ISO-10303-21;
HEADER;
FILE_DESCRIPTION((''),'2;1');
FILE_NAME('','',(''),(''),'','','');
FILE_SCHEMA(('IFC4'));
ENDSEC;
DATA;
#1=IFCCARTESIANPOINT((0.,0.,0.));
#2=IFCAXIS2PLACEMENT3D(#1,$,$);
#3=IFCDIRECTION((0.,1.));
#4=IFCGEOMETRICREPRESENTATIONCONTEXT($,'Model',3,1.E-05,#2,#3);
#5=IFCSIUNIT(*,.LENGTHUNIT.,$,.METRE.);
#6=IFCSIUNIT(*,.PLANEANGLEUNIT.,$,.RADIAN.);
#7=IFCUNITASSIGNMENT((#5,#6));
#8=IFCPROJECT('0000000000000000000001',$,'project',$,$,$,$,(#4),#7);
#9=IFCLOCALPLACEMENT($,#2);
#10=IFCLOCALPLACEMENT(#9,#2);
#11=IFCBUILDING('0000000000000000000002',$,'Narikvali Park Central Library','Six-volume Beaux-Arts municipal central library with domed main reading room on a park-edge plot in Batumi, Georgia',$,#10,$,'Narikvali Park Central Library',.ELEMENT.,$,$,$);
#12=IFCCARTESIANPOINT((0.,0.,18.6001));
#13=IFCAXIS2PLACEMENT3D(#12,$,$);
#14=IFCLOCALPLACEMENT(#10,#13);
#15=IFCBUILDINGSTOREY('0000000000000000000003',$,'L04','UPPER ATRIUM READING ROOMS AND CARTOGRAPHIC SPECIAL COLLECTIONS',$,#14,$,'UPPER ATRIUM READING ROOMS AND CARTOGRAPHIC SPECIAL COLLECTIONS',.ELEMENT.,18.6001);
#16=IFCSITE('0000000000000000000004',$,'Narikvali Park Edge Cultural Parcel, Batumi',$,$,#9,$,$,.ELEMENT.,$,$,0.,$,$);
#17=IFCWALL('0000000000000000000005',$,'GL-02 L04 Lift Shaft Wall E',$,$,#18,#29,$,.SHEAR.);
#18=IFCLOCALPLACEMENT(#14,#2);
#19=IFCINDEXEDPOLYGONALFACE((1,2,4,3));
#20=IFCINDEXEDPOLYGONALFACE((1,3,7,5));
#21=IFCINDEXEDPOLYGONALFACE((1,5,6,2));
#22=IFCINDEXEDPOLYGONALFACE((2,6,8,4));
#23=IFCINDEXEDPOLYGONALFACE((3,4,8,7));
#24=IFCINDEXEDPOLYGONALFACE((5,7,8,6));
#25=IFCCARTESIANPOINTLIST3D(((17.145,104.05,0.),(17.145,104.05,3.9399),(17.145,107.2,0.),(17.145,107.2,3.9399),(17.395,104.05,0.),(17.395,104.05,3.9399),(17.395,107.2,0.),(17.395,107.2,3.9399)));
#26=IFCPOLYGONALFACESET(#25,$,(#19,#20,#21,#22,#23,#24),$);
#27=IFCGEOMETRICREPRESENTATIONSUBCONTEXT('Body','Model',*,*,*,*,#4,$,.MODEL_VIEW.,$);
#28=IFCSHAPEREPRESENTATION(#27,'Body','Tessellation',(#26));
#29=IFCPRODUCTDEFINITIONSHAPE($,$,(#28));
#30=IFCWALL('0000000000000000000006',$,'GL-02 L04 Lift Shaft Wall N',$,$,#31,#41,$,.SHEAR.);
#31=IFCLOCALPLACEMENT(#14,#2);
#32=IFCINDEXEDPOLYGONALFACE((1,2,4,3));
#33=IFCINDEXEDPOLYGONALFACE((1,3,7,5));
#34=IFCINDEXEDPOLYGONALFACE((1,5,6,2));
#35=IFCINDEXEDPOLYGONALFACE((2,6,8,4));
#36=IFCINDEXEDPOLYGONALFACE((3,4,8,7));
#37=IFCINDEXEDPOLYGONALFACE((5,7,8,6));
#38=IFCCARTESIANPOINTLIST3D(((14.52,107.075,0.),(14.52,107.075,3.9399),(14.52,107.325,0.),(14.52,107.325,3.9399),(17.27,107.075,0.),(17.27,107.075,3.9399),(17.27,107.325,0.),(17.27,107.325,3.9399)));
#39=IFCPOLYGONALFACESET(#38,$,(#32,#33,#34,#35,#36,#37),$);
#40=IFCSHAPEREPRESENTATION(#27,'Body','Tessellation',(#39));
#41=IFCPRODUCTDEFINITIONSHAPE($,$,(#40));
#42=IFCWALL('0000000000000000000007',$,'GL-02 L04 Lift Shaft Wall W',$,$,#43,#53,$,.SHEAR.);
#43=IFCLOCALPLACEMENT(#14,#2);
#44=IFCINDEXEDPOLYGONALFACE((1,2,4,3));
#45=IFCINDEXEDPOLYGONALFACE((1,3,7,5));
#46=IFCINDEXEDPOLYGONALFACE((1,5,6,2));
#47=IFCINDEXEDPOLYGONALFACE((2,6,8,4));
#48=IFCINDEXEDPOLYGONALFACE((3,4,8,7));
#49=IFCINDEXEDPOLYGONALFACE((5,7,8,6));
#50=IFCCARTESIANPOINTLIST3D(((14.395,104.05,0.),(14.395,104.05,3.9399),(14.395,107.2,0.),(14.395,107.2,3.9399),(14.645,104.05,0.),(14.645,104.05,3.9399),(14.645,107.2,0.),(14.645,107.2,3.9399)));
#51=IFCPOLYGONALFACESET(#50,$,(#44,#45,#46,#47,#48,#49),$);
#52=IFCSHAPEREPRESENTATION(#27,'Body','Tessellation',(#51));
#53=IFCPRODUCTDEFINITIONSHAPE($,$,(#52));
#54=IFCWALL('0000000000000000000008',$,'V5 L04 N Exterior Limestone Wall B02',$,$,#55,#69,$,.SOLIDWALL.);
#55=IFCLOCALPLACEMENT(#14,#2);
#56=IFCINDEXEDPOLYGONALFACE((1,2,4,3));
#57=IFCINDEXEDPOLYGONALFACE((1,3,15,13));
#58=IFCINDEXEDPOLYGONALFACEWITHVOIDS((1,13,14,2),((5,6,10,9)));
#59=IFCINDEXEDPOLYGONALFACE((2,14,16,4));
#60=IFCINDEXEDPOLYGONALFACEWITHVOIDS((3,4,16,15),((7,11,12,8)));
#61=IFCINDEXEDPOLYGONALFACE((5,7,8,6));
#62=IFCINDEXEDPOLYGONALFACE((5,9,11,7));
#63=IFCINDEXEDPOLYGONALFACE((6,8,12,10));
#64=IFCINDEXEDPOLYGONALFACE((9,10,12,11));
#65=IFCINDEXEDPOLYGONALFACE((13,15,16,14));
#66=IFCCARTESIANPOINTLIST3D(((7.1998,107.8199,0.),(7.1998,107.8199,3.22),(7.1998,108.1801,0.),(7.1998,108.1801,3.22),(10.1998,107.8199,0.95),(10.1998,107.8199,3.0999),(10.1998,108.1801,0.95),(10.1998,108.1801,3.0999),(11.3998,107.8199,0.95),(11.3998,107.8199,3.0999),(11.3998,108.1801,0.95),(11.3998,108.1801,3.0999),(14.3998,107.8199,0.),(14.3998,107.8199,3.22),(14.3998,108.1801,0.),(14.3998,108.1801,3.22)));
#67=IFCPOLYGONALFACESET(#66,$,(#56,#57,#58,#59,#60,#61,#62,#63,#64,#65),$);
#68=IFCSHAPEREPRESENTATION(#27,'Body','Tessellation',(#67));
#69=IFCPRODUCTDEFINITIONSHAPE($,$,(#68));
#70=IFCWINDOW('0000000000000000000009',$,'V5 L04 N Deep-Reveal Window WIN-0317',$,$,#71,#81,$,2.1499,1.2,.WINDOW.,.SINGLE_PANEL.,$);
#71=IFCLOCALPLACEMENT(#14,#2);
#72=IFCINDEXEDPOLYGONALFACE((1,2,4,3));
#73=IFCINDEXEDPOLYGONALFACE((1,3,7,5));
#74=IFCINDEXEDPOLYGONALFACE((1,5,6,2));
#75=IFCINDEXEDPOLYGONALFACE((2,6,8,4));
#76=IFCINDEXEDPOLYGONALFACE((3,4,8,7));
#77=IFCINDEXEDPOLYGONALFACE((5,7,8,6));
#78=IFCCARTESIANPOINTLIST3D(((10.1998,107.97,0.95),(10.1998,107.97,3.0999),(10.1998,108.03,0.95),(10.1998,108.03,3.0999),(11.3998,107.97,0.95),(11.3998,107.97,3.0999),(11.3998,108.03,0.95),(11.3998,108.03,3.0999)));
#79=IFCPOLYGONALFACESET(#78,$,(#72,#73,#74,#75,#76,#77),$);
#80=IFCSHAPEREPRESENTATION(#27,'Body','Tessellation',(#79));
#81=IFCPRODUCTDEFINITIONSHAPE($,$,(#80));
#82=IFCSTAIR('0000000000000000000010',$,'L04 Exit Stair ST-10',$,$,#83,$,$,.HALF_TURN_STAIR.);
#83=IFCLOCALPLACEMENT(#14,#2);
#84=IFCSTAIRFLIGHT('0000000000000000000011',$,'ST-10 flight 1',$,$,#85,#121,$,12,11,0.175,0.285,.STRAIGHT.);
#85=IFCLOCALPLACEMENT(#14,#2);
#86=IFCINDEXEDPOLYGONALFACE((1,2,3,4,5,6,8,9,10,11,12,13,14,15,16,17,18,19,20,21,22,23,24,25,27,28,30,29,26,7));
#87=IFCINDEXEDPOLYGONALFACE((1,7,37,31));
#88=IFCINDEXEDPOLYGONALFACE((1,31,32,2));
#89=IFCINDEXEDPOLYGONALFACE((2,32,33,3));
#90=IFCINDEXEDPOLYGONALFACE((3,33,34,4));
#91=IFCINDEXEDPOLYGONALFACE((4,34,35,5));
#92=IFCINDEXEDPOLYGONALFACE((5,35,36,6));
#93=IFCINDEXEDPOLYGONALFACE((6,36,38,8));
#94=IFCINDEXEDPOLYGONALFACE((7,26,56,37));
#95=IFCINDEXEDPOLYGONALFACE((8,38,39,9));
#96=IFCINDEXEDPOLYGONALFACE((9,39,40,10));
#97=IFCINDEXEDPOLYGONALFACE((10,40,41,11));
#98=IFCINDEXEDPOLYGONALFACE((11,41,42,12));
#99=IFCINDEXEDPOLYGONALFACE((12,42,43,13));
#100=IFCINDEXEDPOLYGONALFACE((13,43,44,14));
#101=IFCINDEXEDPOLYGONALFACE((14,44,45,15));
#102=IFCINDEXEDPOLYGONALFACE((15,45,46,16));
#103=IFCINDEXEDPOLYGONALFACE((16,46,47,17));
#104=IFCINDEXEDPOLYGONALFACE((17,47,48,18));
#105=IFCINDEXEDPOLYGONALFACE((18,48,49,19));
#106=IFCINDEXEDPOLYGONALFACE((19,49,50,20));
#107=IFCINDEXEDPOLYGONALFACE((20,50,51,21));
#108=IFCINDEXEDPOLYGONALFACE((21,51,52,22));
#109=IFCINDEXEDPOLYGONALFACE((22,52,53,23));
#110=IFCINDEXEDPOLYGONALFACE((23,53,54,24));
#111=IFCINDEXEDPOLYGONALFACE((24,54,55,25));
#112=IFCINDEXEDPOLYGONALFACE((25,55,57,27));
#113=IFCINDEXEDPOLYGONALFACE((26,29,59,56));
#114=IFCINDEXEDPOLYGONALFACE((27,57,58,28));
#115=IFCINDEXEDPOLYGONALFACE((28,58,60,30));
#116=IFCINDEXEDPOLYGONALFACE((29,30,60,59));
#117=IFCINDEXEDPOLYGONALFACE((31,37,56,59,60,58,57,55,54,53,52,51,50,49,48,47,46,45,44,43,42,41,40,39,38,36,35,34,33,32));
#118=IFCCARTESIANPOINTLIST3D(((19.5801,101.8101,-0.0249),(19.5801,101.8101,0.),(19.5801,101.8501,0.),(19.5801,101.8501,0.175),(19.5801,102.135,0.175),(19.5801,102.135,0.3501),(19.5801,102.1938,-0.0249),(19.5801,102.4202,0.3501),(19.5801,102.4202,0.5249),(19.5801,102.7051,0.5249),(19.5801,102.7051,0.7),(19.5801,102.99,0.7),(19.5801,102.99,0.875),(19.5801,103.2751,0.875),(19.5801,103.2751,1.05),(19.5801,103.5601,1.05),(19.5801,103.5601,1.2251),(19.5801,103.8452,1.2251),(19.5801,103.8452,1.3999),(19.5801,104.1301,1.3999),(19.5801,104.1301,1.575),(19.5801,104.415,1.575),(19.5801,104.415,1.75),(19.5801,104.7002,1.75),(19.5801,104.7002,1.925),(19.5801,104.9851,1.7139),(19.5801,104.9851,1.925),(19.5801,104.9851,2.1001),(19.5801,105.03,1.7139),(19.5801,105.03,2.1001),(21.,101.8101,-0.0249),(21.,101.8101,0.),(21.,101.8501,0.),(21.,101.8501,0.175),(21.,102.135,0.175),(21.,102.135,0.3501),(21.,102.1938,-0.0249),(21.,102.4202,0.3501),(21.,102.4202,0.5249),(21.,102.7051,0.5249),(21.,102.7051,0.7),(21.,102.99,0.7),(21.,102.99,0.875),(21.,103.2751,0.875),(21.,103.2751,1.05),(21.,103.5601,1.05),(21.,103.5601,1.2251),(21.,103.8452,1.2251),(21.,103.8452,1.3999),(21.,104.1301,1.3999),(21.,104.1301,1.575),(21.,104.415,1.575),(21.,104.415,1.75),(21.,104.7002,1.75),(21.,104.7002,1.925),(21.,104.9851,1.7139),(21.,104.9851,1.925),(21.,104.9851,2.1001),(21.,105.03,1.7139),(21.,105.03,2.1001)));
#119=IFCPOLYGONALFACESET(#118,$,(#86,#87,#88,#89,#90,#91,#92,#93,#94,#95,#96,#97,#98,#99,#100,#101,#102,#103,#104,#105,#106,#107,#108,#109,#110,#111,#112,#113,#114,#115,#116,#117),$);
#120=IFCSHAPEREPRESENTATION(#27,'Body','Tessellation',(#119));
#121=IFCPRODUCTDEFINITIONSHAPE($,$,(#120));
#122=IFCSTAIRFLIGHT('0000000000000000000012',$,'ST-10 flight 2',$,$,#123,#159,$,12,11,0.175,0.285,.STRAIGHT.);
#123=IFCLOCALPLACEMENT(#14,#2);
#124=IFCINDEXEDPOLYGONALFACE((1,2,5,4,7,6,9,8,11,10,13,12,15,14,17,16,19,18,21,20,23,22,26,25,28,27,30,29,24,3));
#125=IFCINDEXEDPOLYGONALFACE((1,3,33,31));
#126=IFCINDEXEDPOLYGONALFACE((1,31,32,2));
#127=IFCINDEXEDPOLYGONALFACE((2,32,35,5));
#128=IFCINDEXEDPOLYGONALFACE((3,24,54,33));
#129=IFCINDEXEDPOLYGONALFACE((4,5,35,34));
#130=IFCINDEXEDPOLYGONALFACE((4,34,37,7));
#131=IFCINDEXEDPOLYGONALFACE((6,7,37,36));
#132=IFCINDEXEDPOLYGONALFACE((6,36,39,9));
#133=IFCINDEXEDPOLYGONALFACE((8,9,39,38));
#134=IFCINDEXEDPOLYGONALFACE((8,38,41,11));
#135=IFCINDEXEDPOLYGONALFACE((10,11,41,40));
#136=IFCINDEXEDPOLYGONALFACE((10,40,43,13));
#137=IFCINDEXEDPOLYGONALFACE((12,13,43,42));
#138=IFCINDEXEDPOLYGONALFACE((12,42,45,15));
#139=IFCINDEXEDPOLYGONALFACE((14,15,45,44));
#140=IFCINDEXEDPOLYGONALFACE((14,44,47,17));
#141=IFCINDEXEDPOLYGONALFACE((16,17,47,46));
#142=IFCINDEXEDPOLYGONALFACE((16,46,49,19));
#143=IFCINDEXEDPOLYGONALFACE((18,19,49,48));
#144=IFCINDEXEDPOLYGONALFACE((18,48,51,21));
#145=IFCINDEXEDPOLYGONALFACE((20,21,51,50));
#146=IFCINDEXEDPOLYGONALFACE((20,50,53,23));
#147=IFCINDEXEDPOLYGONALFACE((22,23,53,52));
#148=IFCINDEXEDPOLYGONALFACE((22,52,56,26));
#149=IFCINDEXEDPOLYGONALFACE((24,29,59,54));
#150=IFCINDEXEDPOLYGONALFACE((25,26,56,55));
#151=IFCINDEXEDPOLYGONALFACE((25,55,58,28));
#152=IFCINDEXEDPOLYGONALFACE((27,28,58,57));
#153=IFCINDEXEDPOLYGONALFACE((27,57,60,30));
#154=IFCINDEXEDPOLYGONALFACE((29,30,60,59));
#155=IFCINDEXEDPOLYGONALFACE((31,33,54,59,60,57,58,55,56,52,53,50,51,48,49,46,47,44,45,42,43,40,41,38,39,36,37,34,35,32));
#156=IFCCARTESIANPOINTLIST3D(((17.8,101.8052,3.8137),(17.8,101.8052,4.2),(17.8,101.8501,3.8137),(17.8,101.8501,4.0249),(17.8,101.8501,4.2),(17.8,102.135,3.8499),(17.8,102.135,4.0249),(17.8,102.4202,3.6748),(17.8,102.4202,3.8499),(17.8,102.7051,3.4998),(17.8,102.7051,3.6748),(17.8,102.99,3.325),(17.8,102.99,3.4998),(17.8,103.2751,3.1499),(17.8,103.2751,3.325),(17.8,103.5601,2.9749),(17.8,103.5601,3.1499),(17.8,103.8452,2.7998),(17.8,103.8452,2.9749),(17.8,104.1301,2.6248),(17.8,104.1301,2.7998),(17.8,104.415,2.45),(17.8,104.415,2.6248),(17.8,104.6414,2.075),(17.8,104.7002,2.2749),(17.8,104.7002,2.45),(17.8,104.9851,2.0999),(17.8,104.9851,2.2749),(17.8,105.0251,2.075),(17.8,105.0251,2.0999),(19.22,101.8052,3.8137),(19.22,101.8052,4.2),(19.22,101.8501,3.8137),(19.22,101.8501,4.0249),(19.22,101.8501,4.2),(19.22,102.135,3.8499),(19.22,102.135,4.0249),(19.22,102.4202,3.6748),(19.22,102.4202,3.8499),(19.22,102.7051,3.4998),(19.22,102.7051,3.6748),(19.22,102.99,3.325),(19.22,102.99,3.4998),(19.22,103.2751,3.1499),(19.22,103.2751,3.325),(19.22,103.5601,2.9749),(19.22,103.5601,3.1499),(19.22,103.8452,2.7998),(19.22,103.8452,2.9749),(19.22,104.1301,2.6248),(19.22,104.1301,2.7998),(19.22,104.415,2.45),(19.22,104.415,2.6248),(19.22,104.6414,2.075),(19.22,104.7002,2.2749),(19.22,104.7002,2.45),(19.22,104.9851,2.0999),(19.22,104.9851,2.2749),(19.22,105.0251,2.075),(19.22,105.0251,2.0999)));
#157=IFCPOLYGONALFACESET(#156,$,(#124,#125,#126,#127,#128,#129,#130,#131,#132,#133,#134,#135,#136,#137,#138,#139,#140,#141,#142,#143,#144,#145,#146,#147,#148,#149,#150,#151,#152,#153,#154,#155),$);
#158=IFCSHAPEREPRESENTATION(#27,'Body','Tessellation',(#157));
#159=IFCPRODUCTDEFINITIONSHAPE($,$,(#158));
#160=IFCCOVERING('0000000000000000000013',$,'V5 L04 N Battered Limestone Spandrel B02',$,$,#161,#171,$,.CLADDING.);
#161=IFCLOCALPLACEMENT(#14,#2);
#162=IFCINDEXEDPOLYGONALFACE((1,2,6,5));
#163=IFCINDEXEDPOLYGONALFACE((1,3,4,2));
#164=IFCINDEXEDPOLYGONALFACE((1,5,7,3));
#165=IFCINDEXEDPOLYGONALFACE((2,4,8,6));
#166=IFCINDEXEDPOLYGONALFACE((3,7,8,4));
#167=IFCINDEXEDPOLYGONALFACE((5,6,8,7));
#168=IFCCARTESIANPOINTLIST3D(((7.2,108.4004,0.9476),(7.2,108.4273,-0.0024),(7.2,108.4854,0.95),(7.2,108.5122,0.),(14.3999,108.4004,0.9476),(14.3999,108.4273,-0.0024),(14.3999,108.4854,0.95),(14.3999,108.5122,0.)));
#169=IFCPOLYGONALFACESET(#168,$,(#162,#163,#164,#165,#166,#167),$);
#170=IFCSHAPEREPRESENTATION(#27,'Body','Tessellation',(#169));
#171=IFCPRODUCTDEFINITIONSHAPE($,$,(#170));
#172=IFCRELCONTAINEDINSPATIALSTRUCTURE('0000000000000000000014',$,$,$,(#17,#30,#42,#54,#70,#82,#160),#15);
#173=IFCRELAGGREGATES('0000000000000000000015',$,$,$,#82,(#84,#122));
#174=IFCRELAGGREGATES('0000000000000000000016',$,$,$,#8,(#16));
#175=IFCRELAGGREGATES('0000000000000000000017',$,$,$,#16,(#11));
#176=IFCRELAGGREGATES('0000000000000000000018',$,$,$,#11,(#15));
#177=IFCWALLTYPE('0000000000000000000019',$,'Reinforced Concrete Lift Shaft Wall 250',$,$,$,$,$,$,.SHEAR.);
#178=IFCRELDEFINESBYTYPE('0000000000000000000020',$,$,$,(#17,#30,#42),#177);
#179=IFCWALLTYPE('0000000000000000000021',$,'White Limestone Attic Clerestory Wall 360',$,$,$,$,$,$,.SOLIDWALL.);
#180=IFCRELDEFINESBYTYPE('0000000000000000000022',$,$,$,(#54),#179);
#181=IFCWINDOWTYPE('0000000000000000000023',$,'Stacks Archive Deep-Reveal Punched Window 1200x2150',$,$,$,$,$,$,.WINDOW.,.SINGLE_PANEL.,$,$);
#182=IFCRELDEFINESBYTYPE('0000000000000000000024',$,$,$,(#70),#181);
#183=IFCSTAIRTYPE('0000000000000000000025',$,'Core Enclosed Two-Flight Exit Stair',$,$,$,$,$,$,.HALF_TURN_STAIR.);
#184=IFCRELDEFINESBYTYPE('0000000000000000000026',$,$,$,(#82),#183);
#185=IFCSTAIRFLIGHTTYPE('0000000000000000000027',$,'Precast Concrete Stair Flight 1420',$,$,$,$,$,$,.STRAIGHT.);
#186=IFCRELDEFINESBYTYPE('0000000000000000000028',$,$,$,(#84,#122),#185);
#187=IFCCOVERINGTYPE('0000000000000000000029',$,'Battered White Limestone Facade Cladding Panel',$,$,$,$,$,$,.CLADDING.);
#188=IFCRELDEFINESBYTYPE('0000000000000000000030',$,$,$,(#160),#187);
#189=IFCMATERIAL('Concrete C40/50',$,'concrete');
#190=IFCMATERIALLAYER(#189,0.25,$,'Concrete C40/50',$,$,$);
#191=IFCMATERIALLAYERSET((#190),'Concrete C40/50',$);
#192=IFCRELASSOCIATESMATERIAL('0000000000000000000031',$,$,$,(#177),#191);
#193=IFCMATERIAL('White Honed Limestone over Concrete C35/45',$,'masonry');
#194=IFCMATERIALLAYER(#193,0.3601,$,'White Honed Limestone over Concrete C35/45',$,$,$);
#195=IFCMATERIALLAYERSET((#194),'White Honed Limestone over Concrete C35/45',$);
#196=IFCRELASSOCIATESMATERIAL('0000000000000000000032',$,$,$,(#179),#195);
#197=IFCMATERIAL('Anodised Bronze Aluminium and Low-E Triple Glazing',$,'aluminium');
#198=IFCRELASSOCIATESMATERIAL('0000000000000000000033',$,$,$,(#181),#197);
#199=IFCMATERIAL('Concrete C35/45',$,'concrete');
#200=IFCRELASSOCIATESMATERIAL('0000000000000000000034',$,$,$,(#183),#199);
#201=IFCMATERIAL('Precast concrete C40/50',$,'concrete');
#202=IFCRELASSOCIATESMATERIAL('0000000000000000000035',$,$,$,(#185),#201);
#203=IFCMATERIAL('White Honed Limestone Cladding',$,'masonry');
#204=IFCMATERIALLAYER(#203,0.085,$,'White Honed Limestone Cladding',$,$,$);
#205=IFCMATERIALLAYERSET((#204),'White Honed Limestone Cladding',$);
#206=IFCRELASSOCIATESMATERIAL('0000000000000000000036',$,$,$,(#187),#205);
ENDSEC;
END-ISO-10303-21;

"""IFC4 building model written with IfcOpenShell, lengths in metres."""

from ifc_helpers import new_model, si_unit, direction, frame, frame_2d, origin, place, context, subcontext, project, spatial, polyline, rectangle, outline, extrude, material, layer, layer_set, type_object, element, fill, aggregate, save


model = new_model("IFC4")

# Units and contexts
model_context = context("Model", 3, precision=1e-05, world=origin(), true_north=direction((0.0, 1.0)))
body_context = subcontext(model_context, "Body", "Model", "MODEL_VIEW")
ifc_project = project(units=[si_unit("LENGTHUNIT", "METRE"), si_unit("PLANEANGLEUNIT", "RADIAN")], contexts=[model_context])

# Site, building, storey
site_placement = place(None, origin())
site = spatial("IfcSite", under=ifc_project, at=site_placement, Name="Narikvali Park Edge Cultural Parcel, Batumi", CompositionType="ELEMENT", RefElevation=0.0)
building_placement = place(site_placement, origin())
building = spatial("IfcBuilding", under=site, at=building_placement, Name="Narikvali Park Central Library", Description="Six-volume Beaux-Arts municipal central library with domed main reading room on a park-edge plot in Batumi, Georgia", LongName="Narikvali Park Central Library", CompositionType="ELEMENT")
storey_placement = place(building_placement, frame((0.0, 0.0, 18.6001)))
storey = spatial("IfcBuildingStorey", under=building, at=storey_placement, Name="L04", Description="UPPER ATRIUM READING ROOMS AND CARTOGRAPHIC SPECIAL COLLECTIONS", LongName="UPPER ATRIUM READING ROOMS AND CARTOGRAPHIC SPECIAL COLLECTIONS", CompositionType="ELEMENT", Elevation=18.6001)

# Shared definitions
ifc_material_1 = material(Name="Concrete C40/50", Category="concrete")

# Shared definitions
ifc_layer_1 = layer(ifc_material_1, 0.25, Name="Concrete C40/50")
ifc_layer_set_1 = layer_set([ifc_layer_1], Name="Concrete C40/50")
wall_type_1 = type_object("IfcWallType", Name="Reinforced Concrete Lift Shaft Wall 250", PredefinedType="SHEAR", material=ifc_layer_set_1)

# Walls
wall_1_placement = place(storey_placement, frame((17.27, 104.05, 0.0), z_axis=(0.0, 0.0, 1.0), x_axis=(0.0, 1.0, 0.0)))
element("IfcWall", 1, at=wall_1_placement, inside=storey, type_object=wall_type_1, Name="GL-02 L04 Lift Shaft Wall E", PredefinedType="SHEAR", context=body_context, shape_type="SweptSolid", body=[
    extrude(rectangle(XDim=3.1499, YDim=0.25, at=frame_2d((1.575, 0.0))), origin(), (0.0, 0.0, 1.0), 3.9399),
])
wall_2_placement = place(storey_placement, frame((17.27, 107.2, 0.0), z_axis=(0.0, 0.0, 1.0), x_axis=(-1.0, 0.0, 0.0)))
element("IfcWall", 2, at=wall_2_placement, inside=storey, type_object=wall_type_1, Name="GL-02 L04 Lift Shaft Wall N", PredefinedType="SHEAR", context=body_context, shape_type="SweptSolid", body=[
    extrude(rectangle(XDim=2.75, YDim=0.25, at=frame_2d((1.375, 0.0))), origin(), (0.0, 0.0, 1.0), 3.9399),
])
wall_3_placement = place(storey_placement, frame((14.52, 107.2, 0.0), z_axis=(0.0, 0.0, 1.0), x_axis=(0.0, -1.0, 0.0)))
element("IfcWall", 3, at=wall_3_placement, inside=storey, type_object=wall_type_1, Name="GL-02 L04 Lift Shaft Wall W", PredefinedType="SHEAR", context=body_context, shape_type="SweptSolid", body=[
    extrude(rectangle(XDim=3.1499, YDim=0.25, at=frame_2d((1.575, 0.0))), origin(), (0.0, 0.0, 1.0), 3.9399),
])

# Wall, opening, window
ifc_material_2 = material(Name="White Honed Limestone over Concrete C35/45", Category="masonry")
ifc_layer_2 = layer(ifc_material_2, 0.3601, Name="White Honed Limestone over Concrete C35/45")
ifc_layer_set_2 = layer_set([ifc_layer_2], Name="White Honed Limestone over Concrete C35/45")
wall_type_2 = type_object("IfcWallType", Name="White Limestone Attic Clerestory Wall 360", PredefinedType="SOLIDWALL", material=ifc_layer_set_2)
wall_4_placement = place(storey_placement, frame((14.3999, 108.0, 0.0), z_axis=(0.0, 0.0, 1.0), x_axis=(-1.0, 0.0, 0.0)))
wall_4 = element("IfcWall", 4, at=wall_4_placement, inside=storey, type_object=wall_type_2, Name="V5 L04 N Exterior Limestone Wall B02", PredefinedType="SOLIDWALL", context=body_context, shape_type="SweptSolid", body=[
    extrude(rectangle(XDim=7.2, YDim=0.3601, at=frame_2d((3.6001, 0.0))), origin(), (0.0, 0.0, 1.0), 3.22),
])
opening_1_placement = place(wall_4_placement, frame((3.0, 0.0, 0.95)))
opening_1 = element("IfcOpeningElement", 5, at=opening_1_placement, cuts=wall_4, PredefinedType="OPENING", context=body_context, shape_type="SweptSolid", body=[
    extrude(rectangle(XDim=1.2, YDim=2.1499, at=frame_2d((0.6001, 1.075))), frame((0.0, 0.1919, 0.0), z_axis=(0.0, -1.0, 0.0), x_axis=(1.0, 0.0, 0.0)), (0.0, 0.0, 1.0), 0.384),
])
ifc_material_3 = material(Name="Anodised Bronze Aluminium and Low-E Triple Glazing", Category="aluminium")
window_type = type_object("IfcWindowType", Name="Stacks Archive Deep-Reveal Punched Window 1200x2150", PartitioningType="SINGLE_PANEL", PredefinedType="WINDOW", material=ifc_material_3)
window_placement = place(opening_1_placement, origin())
window = element("IfcWindow", 6, at=window_placement, inside=storey, type_object=window_type, Name="V5 L04 N Deep-Reveal Window WIN-0317", OverallHeight=2.1499, OverallWidth=1.2, PartitioningType="SINGLE_PANEL", PredefinedType="WINDOW", context=body_context, shape_type="SweptSolid", body=[
    extrude(rectangle(XDim=1.2, YDim=2.1499, at=frame_2d((0.6001, 1.075))), frame((0.0, 0.03, 0.0), z_axis=(0.0, -1.0, 0.0), x_axis=(1.0, 0.0, 0.0)), (0.0, 0.0, 1.0), 0.0601),
])
fill(opening_1, window)

# Stair, stair flights
ifc_material_4 = material(Name="Concrete C35/45", Category="concrete")
stair_type = type_object("IfcStairType", Name="Core Enclosed Two-Flight Exit Stair", PredefinedType="HALF_TURN_STAIR", material=ifc_material_4)
stair_placement = place(storey_placement, origin())
stair = element("IfcStair", 7, at=stair_placement, inside=storey, type_object=stair_type, Name="L04 Exit Stair ST-10", PredefinedType="HALF_TURN_STAIR")
ifc_material_5 = material(Name="Precast concrete C40/50", Category="concrete")
stair_flight_type = type_object("IfcStairFlightType", Name="Precast Concrete Stair Flight 1420", PredefinedType="STRAIGHT", material=ifc_material_5)
stair_flight_1_placement = place(storey_placement, frame((20.29, 101.8501, 0.0), z_axis=(0.0, 0.0, 1.0), x_axis=(0.0, 1.0, 0.0)))
stair_flight_1 = element("IfcStairFlight", 8, at=stair_flight_1_placement, type_object=stair_flight_type, Name="ST-10 flight 1", NumberOfRisers=12, NumberOfTreads=11, PredefinedType="STRAIGHT", RiserHeight=0.175, TreadLength=0.285, context=body_context, shape_type="SweptSolid", body=[
    extrude(outline(polyline([(-0.04, -0.0249), (-0.04, 0.0), (0.0, 0.0), (0.0, 0.175), (0.2849, 0.175), (0.2849, 0.3501), (0.5701, 0.3501), (0.5701, 0.5249), (0.855, 0.5249), (0.855, 0.7), (1.1399, 0.7), (1.1399, 0.875), (1.425, 0.875), (1.425, 1.05), (1.71, 1.05), (1.71, 1.2251), (1.9951, 1.2251), (1.9951, 1.3999), (2.28, 1.3999), (2.28, 1.575), (2.5649, 1.575), (2.5649, 1.75), (2.8501, 1.75), (2.8501, 1.925), (3.135, 1.925), (3.135, 2.1001), (3.1799, 2.1001), (3.1799, 1.7139), (3.135, 1.7139), (0.3438, -0.0249), (-0.04, -0.0249)])), frame((0.0, 0.71, 0.0), z_axis=(0.0, -1.0, 0.0), x_axis=(1.0, 0.0, 0.0)), (0.0, 0.0, 1.0), 1.4199),
])
stair_flight_2_placement = place(storey_placement, frame((18.51, 104.9851, 2.0999), z_axis=(0.0, 0.0, 1.0), x_axis=(0.0, -1.0, 0.0)))
stair_flight_2 = element("IfcStairFlight", 9, at=stair_flight_2_placement, type_object=stair_flight_type, Name="ST-10 flight 2", NumberOfRisers=12, NumberOfTreads=11, PredefinedType="STRAIGHT", RiserHeight=0.175, TreadLength=0.285, context=body_context, shape_type="SweptSolid", body=[
    extrude(outline(polyline([(-0.04, -0.0249), (-0.04, 0.0), (0.0, 0.0), (0.0, 0.175), (0.2849, 0.175), (0.2849, 0.3501), (0.5701, 0.3501), (0.5701, 0.5249), (0.855, 0.5249), (0.855, 0.7), (1.1399, 0.7), (1.1399, 0.875), (1.425, 0.875), (1.425, 1.05), (1.71, 1.05), (1.71, 1.2251), (1.9951, 1.2251), (1.9951, 1.3999), (2.28, 1.3999), (2.28, 1.575), (2.5649, 1.575), (2.5649, 1.75), (2.8501, 1.75), (2.8501, 1.925), (3.135, 1.925), (3.135, 2.1001), (3.1799, 2.1001), (3.1799, 1.7139), (3.135, 1.7139), (0.3438, -0.0249), (-0.04, -0.0249)])), frame((0.0, 0.71, 0.0), z_axis=(0.0, -1.0, 0.0), x_axis=(1.0, 0.0, 0.0)), (0.0, 0.0, 1.0), 1.4199),
])
aggregate(stair, [stair_flight_1, stair_flight_2])

# Covering
ifc_material_6 = material(Name="White Honed Limestone Cladding", Category="masonry")
ifc_layer_3 = layer(ifc_material_6, 0.085, Name="White Honed Limestone Cladding")
ifc_layer_set_3 = layer_set([ifc_layer_3], Name="White Honed Limestone Cladding")
covering_type = type_object("IfcCoveringType", Name="Battered White Limestone Facade Cladding Panel", PredefinedType="CLADDING", material=ifc_layer_set_3)
covering_1_placement = place(storey_placement, frame((14.3999, 108.5122, 0.0), z_axis=(0.0, 0.999601, 0.028259), x_axis=(-1.0, 0.0, 0.0)))
element("IfcCovering", 10, at=covering_1_placement, inside=storey, type_object=covering_type, Name="V5 L04 N Battered Limestone Spandrel B02", PredefinedType="CLADDING", context=body_context, shape_type="SweptSolid", body=[
    extrude(outline(polyline([(0.0, 0.0), (7.2, 0.0), (7.2, 0.9503), (0.0, 0.9503), (0.0, 0.0)])), origin(), (0.0, 0.0, -1.0), 0.085),
])

save(model, "model.ifc")
